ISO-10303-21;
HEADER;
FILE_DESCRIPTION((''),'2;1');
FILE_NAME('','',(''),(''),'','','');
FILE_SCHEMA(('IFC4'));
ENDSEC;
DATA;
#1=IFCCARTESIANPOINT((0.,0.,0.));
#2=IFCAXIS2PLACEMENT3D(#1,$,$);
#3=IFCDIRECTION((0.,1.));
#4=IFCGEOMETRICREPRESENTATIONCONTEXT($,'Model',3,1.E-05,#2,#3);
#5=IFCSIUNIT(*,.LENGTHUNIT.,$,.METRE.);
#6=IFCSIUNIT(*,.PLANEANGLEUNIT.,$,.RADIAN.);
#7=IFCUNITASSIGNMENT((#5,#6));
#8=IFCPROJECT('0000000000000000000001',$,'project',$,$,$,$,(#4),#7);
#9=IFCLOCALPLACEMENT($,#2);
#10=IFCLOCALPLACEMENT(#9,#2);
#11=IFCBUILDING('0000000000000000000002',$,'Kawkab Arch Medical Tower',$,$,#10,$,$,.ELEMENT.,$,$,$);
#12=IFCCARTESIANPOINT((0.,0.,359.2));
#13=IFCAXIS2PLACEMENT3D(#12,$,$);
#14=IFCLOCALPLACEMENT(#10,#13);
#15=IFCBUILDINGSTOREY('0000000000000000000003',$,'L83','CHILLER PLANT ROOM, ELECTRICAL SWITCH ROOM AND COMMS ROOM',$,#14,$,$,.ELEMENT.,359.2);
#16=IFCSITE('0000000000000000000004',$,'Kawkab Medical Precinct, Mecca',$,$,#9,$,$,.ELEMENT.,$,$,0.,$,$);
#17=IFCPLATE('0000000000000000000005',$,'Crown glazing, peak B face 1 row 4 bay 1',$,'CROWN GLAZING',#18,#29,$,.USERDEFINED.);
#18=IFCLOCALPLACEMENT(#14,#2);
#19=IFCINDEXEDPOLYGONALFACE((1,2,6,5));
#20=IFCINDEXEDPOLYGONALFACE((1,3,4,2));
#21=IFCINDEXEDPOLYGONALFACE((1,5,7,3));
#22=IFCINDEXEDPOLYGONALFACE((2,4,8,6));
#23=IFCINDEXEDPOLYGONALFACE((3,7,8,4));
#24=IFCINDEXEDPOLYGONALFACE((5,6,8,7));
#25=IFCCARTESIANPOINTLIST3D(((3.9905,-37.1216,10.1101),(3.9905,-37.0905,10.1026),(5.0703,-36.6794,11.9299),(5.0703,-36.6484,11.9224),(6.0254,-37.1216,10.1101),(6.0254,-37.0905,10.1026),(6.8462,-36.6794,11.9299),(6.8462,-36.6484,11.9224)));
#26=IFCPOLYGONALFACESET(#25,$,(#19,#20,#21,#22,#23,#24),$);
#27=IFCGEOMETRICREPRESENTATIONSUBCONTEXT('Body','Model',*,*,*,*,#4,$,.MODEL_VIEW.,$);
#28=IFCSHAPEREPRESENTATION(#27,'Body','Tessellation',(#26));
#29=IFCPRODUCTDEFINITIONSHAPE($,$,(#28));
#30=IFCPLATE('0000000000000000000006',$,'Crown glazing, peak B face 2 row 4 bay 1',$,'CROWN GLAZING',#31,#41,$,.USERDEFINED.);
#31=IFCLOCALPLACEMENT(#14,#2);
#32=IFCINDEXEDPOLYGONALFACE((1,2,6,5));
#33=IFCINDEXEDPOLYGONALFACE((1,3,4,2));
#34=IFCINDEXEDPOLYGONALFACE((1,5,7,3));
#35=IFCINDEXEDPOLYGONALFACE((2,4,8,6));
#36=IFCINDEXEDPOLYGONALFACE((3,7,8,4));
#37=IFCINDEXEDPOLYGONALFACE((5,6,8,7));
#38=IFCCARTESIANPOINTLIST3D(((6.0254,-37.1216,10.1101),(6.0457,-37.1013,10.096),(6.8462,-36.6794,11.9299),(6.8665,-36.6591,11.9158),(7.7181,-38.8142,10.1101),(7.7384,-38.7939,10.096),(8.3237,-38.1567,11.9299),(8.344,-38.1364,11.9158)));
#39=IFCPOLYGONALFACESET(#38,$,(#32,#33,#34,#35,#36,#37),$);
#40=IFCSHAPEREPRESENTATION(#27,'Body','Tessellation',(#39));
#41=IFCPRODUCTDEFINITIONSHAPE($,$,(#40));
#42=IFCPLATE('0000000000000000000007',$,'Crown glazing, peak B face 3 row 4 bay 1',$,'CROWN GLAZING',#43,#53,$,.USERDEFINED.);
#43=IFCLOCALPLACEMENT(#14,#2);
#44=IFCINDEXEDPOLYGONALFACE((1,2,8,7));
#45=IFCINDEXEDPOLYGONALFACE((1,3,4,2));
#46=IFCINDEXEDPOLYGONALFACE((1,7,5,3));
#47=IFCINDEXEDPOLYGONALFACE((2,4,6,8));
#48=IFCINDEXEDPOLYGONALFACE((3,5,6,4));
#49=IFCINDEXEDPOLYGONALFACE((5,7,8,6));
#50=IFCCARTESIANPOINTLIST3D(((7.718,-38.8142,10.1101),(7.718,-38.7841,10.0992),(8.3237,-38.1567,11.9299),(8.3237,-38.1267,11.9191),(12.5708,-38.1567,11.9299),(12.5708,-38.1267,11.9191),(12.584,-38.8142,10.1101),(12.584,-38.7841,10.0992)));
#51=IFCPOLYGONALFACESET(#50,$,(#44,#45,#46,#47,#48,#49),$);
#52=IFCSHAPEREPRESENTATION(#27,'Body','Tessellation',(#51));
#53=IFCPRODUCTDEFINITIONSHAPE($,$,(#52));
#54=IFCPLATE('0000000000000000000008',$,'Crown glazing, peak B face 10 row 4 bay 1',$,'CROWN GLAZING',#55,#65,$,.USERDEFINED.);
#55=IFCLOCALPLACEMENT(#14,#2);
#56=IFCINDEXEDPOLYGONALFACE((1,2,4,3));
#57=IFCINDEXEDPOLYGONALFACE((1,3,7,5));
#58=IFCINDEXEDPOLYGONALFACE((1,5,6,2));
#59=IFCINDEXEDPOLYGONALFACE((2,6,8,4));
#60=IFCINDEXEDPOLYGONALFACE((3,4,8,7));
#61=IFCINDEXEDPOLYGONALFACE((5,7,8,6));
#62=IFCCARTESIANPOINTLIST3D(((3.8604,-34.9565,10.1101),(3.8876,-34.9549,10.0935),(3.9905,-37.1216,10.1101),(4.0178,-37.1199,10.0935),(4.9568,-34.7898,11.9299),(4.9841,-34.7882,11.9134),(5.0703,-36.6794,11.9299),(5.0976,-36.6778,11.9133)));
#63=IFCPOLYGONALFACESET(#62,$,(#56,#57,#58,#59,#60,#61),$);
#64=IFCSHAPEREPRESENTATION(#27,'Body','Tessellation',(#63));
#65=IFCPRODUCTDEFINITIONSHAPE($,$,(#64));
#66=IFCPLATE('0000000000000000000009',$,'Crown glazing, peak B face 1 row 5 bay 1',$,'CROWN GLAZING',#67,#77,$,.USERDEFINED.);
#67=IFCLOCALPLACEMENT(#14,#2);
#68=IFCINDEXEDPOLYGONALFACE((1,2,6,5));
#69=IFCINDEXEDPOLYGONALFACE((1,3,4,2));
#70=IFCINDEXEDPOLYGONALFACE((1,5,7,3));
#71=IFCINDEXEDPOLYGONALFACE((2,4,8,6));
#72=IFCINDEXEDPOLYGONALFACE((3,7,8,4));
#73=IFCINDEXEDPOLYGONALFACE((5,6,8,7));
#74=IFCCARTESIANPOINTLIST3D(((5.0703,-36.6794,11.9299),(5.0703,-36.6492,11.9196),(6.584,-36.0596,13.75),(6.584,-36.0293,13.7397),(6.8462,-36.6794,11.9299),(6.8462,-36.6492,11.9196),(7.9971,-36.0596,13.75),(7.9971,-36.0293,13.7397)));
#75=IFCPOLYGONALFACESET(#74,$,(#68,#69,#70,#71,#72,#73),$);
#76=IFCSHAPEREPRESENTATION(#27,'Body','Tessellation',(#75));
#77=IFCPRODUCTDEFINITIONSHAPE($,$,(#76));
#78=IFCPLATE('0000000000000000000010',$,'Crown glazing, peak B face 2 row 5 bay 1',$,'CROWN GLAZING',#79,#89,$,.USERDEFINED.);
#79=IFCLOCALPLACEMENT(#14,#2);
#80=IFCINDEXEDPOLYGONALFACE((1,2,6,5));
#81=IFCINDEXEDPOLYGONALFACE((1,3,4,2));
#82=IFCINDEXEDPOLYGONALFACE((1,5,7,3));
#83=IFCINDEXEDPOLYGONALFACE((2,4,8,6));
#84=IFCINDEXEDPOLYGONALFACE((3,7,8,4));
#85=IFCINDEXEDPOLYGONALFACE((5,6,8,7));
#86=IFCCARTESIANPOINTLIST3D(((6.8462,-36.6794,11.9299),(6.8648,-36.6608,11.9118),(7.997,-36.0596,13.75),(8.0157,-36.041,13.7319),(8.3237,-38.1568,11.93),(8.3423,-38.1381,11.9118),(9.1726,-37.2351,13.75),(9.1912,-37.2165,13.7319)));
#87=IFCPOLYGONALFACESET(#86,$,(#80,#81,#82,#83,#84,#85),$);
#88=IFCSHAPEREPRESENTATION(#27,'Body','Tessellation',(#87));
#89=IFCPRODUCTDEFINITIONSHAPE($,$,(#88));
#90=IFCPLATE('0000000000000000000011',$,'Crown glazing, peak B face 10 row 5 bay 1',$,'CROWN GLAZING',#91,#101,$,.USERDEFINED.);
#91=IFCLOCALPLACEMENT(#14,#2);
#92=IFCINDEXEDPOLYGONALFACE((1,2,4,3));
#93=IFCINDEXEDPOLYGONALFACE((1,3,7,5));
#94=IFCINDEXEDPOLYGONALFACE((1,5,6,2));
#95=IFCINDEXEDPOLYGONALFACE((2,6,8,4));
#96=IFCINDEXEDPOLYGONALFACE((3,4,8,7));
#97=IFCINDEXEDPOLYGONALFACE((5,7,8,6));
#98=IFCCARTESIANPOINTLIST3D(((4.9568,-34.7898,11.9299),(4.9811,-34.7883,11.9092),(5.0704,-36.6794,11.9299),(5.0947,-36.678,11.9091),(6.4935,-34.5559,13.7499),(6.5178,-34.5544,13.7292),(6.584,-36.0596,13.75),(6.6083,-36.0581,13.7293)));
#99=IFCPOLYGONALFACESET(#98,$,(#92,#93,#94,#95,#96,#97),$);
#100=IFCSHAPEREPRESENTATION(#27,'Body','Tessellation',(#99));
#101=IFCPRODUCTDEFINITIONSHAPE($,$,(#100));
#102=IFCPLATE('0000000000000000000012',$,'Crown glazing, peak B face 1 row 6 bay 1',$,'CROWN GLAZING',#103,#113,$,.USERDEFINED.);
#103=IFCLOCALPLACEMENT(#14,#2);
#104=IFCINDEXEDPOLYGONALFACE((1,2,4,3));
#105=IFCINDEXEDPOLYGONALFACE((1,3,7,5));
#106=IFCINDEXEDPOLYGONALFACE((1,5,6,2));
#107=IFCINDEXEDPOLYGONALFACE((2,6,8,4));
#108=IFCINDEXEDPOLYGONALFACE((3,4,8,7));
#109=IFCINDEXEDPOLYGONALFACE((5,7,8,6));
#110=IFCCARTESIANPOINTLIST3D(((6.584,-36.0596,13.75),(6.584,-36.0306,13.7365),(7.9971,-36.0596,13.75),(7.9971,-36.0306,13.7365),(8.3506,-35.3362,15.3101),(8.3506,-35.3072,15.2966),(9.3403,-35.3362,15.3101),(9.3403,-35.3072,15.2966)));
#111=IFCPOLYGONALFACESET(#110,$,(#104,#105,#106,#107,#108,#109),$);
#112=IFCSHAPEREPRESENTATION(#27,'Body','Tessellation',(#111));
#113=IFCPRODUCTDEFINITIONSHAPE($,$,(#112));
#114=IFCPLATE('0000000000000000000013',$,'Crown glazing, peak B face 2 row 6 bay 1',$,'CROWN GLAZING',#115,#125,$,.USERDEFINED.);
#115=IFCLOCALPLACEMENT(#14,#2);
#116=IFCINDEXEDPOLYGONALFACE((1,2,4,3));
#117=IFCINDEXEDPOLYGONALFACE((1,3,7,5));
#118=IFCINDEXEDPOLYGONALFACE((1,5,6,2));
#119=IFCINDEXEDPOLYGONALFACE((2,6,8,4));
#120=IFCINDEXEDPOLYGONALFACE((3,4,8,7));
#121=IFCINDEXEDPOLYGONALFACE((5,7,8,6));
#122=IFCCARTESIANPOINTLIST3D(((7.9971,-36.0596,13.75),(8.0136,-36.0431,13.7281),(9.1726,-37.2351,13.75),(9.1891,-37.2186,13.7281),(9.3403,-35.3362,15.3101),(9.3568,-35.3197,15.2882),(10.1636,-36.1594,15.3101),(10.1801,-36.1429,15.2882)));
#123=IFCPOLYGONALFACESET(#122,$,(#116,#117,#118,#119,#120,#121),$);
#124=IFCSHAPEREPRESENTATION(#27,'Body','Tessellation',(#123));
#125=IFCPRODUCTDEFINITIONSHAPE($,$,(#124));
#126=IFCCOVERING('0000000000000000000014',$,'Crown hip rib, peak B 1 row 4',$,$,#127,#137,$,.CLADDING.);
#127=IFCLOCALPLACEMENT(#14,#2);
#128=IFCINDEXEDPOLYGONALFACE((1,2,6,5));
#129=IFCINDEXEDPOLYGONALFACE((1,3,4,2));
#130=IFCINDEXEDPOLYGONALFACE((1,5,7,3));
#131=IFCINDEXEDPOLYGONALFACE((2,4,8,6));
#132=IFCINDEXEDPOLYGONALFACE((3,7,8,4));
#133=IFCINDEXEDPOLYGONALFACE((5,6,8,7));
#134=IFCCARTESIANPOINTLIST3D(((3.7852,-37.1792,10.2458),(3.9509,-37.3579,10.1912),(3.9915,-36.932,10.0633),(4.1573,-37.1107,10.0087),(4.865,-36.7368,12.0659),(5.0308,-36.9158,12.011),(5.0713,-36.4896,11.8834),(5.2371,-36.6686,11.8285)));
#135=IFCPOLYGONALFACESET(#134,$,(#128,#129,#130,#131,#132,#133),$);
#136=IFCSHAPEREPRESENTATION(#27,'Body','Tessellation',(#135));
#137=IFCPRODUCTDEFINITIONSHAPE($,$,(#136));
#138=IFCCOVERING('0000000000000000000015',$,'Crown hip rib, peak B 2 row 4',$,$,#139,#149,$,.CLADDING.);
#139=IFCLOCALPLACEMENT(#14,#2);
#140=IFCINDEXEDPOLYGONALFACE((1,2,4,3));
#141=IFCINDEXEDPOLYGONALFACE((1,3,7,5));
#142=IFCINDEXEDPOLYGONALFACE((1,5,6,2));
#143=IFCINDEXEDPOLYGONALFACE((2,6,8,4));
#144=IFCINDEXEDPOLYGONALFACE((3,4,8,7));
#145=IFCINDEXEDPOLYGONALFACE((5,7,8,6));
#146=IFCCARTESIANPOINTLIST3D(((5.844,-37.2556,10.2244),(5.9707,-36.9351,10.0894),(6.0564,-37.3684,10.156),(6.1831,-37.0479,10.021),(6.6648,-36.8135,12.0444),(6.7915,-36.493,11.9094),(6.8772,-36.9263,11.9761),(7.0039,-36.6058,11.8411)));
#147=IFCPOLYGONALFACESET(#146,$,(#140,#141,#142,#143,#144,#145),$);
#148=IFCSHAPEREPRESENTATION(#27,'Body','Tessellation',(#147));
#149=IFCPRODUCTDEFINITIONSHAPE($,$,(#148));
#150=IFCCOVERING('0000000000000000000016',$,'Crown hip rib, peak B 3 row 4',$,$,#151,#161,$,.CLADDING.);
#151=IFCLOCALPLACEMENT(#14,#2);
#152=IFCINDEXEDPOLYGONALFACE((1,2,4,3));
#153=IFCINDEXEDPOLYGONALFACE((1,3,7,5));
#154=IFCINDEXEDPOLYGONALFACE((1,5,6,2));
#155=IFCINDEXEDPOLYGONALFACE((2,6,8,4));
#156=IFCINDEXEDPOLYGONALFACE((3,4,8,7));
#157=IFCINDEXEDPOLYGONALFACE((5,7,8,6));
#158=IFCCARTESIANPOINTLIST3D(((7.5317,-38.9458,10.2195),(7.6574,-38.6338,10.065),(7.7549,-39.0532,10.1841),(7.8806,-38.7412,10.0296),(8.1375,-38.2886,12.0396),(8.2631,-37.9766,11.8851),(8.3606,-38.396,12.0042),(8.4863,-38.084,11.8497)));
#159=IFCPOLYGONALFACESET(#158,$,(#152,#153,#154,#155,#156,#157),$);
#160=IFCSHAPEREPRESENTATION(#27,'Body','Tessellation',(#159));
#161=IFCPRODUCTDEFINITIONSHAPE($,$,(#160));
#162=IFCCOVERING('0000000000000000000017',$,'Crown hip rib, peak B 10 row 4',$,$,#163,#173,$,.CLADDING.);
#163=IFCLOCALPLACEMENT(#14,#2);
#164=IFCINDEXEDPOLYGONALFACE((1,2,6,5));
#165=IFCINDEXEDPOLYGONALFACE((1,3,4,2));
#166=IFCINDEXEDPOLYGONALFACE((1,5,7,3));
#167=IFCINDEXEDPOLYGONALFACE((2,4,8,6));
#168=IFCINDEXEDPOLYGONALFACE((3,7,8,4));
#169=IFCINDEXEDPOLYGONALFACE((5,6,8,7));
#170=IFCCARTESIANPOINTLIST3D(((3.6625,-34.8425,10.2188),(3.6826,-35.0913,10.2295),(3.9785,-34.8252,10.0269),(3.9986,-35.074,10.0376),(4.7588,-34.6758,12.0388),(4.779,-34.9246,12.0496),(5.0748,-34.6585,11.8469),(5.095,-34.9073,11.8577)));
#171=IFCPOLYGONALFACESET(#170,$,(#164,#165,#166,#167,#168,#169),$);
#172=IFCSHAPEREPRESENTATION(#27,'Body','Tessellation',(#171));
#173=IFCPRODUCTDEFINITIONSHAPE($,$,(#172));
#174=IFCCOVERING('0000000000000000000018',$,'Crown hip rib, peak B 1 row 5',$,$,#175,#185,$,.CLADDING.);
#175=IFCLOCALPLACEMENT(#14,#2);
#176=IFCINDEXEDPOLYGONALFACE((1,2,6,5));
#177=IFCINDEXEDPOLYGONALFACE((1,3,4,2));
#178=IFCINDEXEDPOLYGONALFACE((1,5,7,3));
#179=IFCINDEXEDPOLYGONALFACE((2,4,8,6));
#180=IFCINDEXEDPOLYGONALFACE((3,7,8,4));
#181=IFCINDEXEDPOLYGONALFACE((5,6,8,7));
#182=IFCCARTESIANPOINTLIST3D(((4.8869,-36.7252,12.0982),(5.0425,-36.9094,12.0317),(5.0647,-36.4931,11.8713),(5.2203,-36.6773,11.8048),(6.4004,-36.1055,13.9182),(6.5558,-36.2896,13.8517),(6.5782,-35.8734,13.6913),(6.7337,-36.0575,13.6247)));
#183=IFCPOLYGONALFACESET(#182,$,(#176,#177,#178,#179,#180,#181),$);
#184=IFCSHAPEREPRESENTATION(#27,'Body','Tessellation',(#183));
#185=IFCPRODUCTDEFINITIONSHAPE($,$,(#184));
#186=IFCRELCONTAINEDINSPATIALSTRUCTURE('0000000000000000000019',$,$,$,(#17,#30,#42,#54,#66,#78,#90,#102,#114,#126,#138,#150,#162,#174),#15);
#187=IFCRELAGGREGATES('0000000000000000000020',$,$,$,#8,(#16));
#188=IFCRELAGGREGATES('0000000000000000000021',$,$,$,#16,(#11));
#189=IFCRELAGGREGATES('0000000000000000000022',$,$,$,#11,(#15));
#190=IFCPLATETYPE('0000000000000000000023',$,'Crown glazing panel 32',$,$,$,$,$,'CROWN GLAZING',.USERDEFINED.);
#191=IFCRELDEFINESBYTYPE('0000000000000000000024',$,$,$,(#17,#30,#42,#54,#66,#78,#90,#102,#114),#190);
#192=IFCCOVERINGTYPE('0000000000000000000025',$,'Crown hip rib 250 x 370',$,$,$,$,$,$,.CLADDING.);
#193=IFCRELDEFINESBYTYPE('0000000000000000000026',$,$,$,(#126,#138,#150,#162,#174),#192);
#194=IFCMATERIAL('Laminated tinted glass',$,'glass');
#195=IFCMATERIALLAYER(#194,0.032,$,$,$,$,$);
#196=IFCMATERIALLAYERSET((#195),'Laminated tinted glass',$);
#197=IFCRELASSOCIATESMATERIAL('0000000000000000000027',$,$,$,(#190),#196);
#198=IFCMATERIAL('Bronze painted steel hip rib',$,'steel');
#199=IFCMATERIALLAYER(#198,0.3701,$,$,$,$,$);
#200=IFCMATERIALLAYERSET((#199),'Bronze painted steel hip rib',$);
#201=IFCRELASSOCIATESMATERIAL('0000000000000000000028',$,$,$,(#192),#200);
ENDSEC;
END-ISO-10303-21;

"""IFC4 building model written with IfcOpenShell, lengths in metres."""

from ifc_helpers import new_model, si_unit, direction, frame, origin, place, context, subcontext, project, spatial, polyline, outline, extrude, material, layer, layer_set, type_object, element, save


model = new_model("IFC4")

# Units and contexts
model_context = context("Model", 3, precision=1e-05, world=origin(), true_north=direction((0.0, 1.0)))
body_context = subcontext(model_context, "Body", "Model", "MODEL_VIEW")
ifc_project = project(units=[si_unit("LENGTHUNIT", "METRE"), si_unit("PLANEANGLEUNIT", "RADIAN")], contexts=[model_context])

# Site, building, storey
site_placement = place(None, origin())
site = spatial("IfcSite", under=ifc_project, at=site_placement, Name="Kawkab Medical Precinct, Mecca", CompositionType="ELEMENT", RefElevation=0.0)
building_placement = place(site_placement, origin())
building = spatial("IfcBuilding", under=site, at=building_placement, Name="Kawkab Arch Medical Tower", CompositionType="ELEMENT")
storey_placement = place(building_placement, frame((0.0, 0.0, 359.2)))
storey = spatial("IfcBuildingStorey", under=building, at=storey_placement, Name="L83", Description="CHILLER PLANT ROOM, ELECTRICAL SWITCH ROOM AND COMMS ROOM", CompositionType="ELEMENT", Elevation=359.2)

# Plates
ifc_material_1 = material(Name="Laminated tinted glass", Category="glass")
ifc_layer_1 = layer(ifc_material_1, 0.032)
ifc_layer_set_1 = layer_set([ifc_layer_1], Name="Laminated tinted glass")
plate_type = type_object("IfcPlateType", Name="Crown glazing panel 32", ElementType="CROWN GLAZING", PredefinedType="USERDEFINED", material=ifc_layer_set_1)
plate_1_placement = place(storey_placement, frame((3.9905, -37.1216, 10.1101), z_axis=(0.0, -0.971731, 0.236089), x_axis=(1.0, 0.0, 0.0)))
element("IfcPlate", 1, at=plate_1_placement, inside=storey, type_object=plate_type, Name="Crown glazing, peak B face 1 row 4 bay 1", ObjectType="CROWN GLAZING", PredefinedType="USERDEFINED", context=body_context, shape_type="SweptSolid", body=[
    extrude(outline(polyline([(0.0, 0.0), (2.0349, 0.0), (2.8557, 1.8728), (1.0798, 1.8728), (0.0, 0.0)])), origin(), (0.0, 0.0, -1.0), 0.032),
])
plate_2_placement = place(storey_placement, frame((6.0254, -37.1216, 10.1101), z_axis=(-0.634757, -0.634806, 0.440572), x_axis=(0.707129, -0.707085, -0.000015)))
element("IfcPlate", 2, at=plate_2_placement, inside=storey, type_object=plate_type, Name="Crown glazing, peak B face 2 row 4 bay 1", ObjectType="CROWN GLAZING", PredefinedType="USERDEFINED", context=body_context, shape_type="SweptSolid", body=[
    extrude(outline(polyline([(0.0, 0.0), (2.3937, 0.0), (2.3571, 2.0272), (0.2678, 2.0271), (0.0, 0.0)])), origin(), (0.0, 0.0, -1.0), 0.032),
])
plate_3_placement = place(storey_placement, frame((7.718, -38.8142, 10.1101), z_axis=(0.0, -0.940502, 0.339787), x_axis=(1.0, 0.0, 0.0)))
element("IfcPlate", 3, at=plate_3_placement, inside=storey, type_object=plate_type, Name="Crown glazing, peak B face 3 row 4 bay 1", ObjectType="CROWN GLAZING", PredefinedType="USERDEFINED", context=body_context, shape_type="SweptSolid", body=[
    extrude(outline(polyline([(0.0, 0.0), (4.866, 0.0), (4.8528, 1.9349), (0.6057, 1.9349), (0.0, 0.0)])), origin(), (0.0, 0.0, -1.0), 0.032),
])
plate_4_placement = place(storey_placement, frame((3.8604, -34.9565, 10.1101), z_axis=(-0.853343, -0.051279, 0.518822), x_axis=(0.059987, -0.998199, 0.000005)))
element("IfcPlate", 4, at=plate_4_placement, inside=storey, type_object=plate_type, Name="Crown glazing, peak B face 10 row 4 bay 1", ObjectType="CROWN GLAZING", PredefinedType="USERDEFINED", context=body_context, shape_type="SweptSolid", body=[
    extrude(outline(polyline([(0.0, 0.0), (2.1689, 0.0), (1.7924, 2.1287), (-0.1007, 2.1288), (0.0, 0.0)])), origin(), (0.0, 0.0, -1.0), 0.032),
])
plate_5_placement = place(storey_placement, frame((5.0703, -36.6794, 11.9299), z_axis=(0.0, -0.946606, 0.322392), x_axis=(1.0, 0.0, 0.0)))
element("IfcPlate", 5, at=plate_5_placement, inside=storey, type_object=plate_type, Name="Crown glazing, peak B face 1 row 5 bay 1", ObjectType="CROWN GLAZING", PredefinedType="USERDEFINED", context=body_context, shape_type="SweptSolid", body=[
    extrude(outline(polyline([(0.0, 0.0), (1.7759, 0.0), (2.9268, 1.9227), (1.5137, 1.9227), (0.0, 0.0)])), origin(), (0.0, 0.0, -1.0), 0.032),
])
plate_6_placement = place(storey_placement, frame((6.8462, -36.6794, 11.9299), z_axis=(-0.582551, -0.582605, 0.56675), x_axis=(0.707148, -0.707066, 0.000017)))
element("IfcPlate", 6, at=plate_6_placement, inside=storey, type_object=plate_type, Name="Crown glazing, peak B face 2 row 5 bay 1", ObjectType="CROWN GLAZING", PredefinedType="USERDEFINED", context=body_context, shape_type="SweptSolid", body=[
    extrude(outline(polyline([(0.0, 0.0), (2.0894, 0.0), (2.038, 2.2091), (0.3756, 2.2092), (0.0, 0.0)])), origin(), (0.0, 0.0, -1.0), 0.032),
])
plate_7_placement = place(storey_placement, frame((4.9568, -34.7898, 11.9299), z_axis=(-0.760365, -0.045735, 0.647883), x_axis=(0.06001, -0.998198, -0.000035)))
element("IfcPlate", 7, at=plate_7_placement, inside=storey, type_object=plate_type, Name="Crown glazing, peak B face 10 row 5 bay 1", ObjectType="CROWN GLAZING", PredefinedType="USERDEFINED", context=body_context, shape_type="SweptSolid", body=[
    extrude(outline(polyline([(0.0, 0.0), (1.8931, 0.0), (1.3651, 2.3894), (-0.1413, 2.3893), (0.0, 0.0)])), origin(), (0.0, 0.0, -1.0), 0.032),
])
plate_8_placement = place(storey_placement, frame((6.584, -36.0596, 13.75), z_axis=(0.0, -0.907214, 0.420669), x_axis=(1.0, 0.0, 0.0)))
element("IfcPlate", 8, at=plate_8_placement, inside=storey, type_object=plate_type, Name="Crown glazing, peak B face 1 row 6 bay 1", ObjectType="CROWN GLAZING", PredefinedType="USERDEFINED", context=body_context, shape_type="SweptSolid", body=[
    extrude(outline(polyline([(0.0, 0.0), (1.4131, 0.0), (2.7563, 1.7196), (1.7666, 1.7196), (0.0, 0.0)])), origin(), (0.0, 0.0, -1.0), 0.032),
])
plate_9_placement = place(storey_placement, frame((7.9971, -36.0596, 13.75), z_axis=(-0.516061, -0.516061, 0.683639), x_axis=(0.707107, -0.707107, 0.0)))
element("IfcPlate", 9, at=plate_9_placement, inside=storey, type_object=plate_type, Name="Crown glazing, peak B face 2 row 6 bay 1", ObjectType="CROWN GLAZING", PredefinedType="USERDEFINED", context=body_context, shape_type="SweptSolid", body=[
    extrude(outline(polyline([(0.0, 0.0), (1.6625, 0.0), (1.6026, 2.1376), (0.4383, 2.1376), (0.0, 0.0)])), origin(), (0.0, 0.0, -1.0), 0.032),
])

# Coverings
ifc_material_2 = material(Name="Bronze painted steel hip rib", Category="steel")
ifc_layer_2 = layer(ifc_material_2, 0.3701)
ifc_layer_set_2 = layer_set([ifc_layer_2], Name="Bronze painted steel hip rib")
covering_type_1 = type_object("IfcCoveringType", Name="Crown hip rib 250 x 370", PredefinedType="CLADDING", material=ifc_layer_set_2)
covering_1_placement = place(storey_placement, frame((3.9509, -37.3579, 10.1912), z_axis=(-0.557488, -0.667892, 0.493079), x_axis=(0.499517, 0.204532, 0.841813)))
element("IfcCovering", 10, at=covering_1_placement, inside=storey, type_object=covering_type_1, Name="Crown hip rib, peak B 1 row 4", PredefinedType="CLADDING", context=body_context, shape_type="SweptSolid", body=[
    extrude(outline(polyline([(0.0, 0.0), (2.1618, 0.0), (2.1618, 0.25), (-0.0002, 0.2498), (0.0, 0.0)])), origin(), (0.0, 0.0, -1.0), 0.3701),
])
covering_2_placement = place(storey_placement, frame((6.0564, -37.3684, 10.156), z_axis=(-0.342408, -0.865858, 0.364755), x_axis=(0.401378, 0.216209, 0.890028)))
element("IfcCovering", 11, at=covering_2_placement, inside=storey, type_object=covering_type_1, Name="Crown hip rib, peak B 2 row 4", PredefinedType="CLADDING", context=body_context, shape_type="SweptSolid", body=[
    extrude(outline(polyline([(0.0, 0.0), (2.045, 0.0), (2.0449, 0.25), (0.0, 0.25), (0.0, 0.0)])), origin(), (0.0, 0.0, -1.0), 0.3701),
])
covering_3_placement = place(storey_placement, frame((7.7549, -39.0532, 10.1841), z_axis=(-0.339562, -0.842907, 0.417379), x_axis=(0.298722, 0.324127, 0.897612)))
element("IfcCovering", 12, at=covering_3_placement, inside=storey, type_object=covering_type_1, Name="Crown hip rib, peak B 3 row 4", PredefinedType="CLADDING", context=body_context, shape_type="SweptSolid", body=[
    extrude(outline(polyline([(0.0, 0.0), (2.0277, 0.0), (2.0276, 0.2502), (-0.0001, 0.2502), (0.0, 0.0)])), origin(), (0.0, 0.0, -1.0), 0.3701),
])
covering_4_placement = place(storey_placement, frame((3.6826, -35.0913, 10.2295), z_axis=(-0.853771, -0.046732, 0.518548), x_axis=(0.514392, 0.078234, 0.853979)))
element("IfcCovering", 13, at=covering_4_placement, inside=storey, type_object=covering_type_1, Name="Crown hip rib, peak B 10 row 4", PredefinedType="CLADDING", context=body_context, shape_type="SweptSolid", body=[
    extrude(outline(polyline([(0.0, 0.0), (2.1313, 0.0), (2.1312, 0.2498), (0.0, 0.2498), (0.0, 0.0)])), origin(), (0.0, 0.0, -1.0), 0.3701),
])
covering_5_placement = place(storey_placement, frame((5.0425, -36.9094, 12.0317), z_axis=(-0.480483, -0.627089, 0.613103), x_axis=(0.618523, 0.253309, 0.743817)))
element("IfcCovering", 14, at=covering_5_placement, inside=storey, type_object=covering_type_1, Name="Crown hip rib, peak B 1 row 5", PredefinedType="CLADDING", context=body_context, shape_type="SweptSolid", body=[
    extrude(outline(polyline([(0.0, 0.0), (2.4467, 0.0), (2.4467, 0.25), (-0.0001, 0.2501), (0.0, 0.0)])), origin(), (0.0, 0.0, -1.0), 0.3701),
])

save(model, "model.ifc")
